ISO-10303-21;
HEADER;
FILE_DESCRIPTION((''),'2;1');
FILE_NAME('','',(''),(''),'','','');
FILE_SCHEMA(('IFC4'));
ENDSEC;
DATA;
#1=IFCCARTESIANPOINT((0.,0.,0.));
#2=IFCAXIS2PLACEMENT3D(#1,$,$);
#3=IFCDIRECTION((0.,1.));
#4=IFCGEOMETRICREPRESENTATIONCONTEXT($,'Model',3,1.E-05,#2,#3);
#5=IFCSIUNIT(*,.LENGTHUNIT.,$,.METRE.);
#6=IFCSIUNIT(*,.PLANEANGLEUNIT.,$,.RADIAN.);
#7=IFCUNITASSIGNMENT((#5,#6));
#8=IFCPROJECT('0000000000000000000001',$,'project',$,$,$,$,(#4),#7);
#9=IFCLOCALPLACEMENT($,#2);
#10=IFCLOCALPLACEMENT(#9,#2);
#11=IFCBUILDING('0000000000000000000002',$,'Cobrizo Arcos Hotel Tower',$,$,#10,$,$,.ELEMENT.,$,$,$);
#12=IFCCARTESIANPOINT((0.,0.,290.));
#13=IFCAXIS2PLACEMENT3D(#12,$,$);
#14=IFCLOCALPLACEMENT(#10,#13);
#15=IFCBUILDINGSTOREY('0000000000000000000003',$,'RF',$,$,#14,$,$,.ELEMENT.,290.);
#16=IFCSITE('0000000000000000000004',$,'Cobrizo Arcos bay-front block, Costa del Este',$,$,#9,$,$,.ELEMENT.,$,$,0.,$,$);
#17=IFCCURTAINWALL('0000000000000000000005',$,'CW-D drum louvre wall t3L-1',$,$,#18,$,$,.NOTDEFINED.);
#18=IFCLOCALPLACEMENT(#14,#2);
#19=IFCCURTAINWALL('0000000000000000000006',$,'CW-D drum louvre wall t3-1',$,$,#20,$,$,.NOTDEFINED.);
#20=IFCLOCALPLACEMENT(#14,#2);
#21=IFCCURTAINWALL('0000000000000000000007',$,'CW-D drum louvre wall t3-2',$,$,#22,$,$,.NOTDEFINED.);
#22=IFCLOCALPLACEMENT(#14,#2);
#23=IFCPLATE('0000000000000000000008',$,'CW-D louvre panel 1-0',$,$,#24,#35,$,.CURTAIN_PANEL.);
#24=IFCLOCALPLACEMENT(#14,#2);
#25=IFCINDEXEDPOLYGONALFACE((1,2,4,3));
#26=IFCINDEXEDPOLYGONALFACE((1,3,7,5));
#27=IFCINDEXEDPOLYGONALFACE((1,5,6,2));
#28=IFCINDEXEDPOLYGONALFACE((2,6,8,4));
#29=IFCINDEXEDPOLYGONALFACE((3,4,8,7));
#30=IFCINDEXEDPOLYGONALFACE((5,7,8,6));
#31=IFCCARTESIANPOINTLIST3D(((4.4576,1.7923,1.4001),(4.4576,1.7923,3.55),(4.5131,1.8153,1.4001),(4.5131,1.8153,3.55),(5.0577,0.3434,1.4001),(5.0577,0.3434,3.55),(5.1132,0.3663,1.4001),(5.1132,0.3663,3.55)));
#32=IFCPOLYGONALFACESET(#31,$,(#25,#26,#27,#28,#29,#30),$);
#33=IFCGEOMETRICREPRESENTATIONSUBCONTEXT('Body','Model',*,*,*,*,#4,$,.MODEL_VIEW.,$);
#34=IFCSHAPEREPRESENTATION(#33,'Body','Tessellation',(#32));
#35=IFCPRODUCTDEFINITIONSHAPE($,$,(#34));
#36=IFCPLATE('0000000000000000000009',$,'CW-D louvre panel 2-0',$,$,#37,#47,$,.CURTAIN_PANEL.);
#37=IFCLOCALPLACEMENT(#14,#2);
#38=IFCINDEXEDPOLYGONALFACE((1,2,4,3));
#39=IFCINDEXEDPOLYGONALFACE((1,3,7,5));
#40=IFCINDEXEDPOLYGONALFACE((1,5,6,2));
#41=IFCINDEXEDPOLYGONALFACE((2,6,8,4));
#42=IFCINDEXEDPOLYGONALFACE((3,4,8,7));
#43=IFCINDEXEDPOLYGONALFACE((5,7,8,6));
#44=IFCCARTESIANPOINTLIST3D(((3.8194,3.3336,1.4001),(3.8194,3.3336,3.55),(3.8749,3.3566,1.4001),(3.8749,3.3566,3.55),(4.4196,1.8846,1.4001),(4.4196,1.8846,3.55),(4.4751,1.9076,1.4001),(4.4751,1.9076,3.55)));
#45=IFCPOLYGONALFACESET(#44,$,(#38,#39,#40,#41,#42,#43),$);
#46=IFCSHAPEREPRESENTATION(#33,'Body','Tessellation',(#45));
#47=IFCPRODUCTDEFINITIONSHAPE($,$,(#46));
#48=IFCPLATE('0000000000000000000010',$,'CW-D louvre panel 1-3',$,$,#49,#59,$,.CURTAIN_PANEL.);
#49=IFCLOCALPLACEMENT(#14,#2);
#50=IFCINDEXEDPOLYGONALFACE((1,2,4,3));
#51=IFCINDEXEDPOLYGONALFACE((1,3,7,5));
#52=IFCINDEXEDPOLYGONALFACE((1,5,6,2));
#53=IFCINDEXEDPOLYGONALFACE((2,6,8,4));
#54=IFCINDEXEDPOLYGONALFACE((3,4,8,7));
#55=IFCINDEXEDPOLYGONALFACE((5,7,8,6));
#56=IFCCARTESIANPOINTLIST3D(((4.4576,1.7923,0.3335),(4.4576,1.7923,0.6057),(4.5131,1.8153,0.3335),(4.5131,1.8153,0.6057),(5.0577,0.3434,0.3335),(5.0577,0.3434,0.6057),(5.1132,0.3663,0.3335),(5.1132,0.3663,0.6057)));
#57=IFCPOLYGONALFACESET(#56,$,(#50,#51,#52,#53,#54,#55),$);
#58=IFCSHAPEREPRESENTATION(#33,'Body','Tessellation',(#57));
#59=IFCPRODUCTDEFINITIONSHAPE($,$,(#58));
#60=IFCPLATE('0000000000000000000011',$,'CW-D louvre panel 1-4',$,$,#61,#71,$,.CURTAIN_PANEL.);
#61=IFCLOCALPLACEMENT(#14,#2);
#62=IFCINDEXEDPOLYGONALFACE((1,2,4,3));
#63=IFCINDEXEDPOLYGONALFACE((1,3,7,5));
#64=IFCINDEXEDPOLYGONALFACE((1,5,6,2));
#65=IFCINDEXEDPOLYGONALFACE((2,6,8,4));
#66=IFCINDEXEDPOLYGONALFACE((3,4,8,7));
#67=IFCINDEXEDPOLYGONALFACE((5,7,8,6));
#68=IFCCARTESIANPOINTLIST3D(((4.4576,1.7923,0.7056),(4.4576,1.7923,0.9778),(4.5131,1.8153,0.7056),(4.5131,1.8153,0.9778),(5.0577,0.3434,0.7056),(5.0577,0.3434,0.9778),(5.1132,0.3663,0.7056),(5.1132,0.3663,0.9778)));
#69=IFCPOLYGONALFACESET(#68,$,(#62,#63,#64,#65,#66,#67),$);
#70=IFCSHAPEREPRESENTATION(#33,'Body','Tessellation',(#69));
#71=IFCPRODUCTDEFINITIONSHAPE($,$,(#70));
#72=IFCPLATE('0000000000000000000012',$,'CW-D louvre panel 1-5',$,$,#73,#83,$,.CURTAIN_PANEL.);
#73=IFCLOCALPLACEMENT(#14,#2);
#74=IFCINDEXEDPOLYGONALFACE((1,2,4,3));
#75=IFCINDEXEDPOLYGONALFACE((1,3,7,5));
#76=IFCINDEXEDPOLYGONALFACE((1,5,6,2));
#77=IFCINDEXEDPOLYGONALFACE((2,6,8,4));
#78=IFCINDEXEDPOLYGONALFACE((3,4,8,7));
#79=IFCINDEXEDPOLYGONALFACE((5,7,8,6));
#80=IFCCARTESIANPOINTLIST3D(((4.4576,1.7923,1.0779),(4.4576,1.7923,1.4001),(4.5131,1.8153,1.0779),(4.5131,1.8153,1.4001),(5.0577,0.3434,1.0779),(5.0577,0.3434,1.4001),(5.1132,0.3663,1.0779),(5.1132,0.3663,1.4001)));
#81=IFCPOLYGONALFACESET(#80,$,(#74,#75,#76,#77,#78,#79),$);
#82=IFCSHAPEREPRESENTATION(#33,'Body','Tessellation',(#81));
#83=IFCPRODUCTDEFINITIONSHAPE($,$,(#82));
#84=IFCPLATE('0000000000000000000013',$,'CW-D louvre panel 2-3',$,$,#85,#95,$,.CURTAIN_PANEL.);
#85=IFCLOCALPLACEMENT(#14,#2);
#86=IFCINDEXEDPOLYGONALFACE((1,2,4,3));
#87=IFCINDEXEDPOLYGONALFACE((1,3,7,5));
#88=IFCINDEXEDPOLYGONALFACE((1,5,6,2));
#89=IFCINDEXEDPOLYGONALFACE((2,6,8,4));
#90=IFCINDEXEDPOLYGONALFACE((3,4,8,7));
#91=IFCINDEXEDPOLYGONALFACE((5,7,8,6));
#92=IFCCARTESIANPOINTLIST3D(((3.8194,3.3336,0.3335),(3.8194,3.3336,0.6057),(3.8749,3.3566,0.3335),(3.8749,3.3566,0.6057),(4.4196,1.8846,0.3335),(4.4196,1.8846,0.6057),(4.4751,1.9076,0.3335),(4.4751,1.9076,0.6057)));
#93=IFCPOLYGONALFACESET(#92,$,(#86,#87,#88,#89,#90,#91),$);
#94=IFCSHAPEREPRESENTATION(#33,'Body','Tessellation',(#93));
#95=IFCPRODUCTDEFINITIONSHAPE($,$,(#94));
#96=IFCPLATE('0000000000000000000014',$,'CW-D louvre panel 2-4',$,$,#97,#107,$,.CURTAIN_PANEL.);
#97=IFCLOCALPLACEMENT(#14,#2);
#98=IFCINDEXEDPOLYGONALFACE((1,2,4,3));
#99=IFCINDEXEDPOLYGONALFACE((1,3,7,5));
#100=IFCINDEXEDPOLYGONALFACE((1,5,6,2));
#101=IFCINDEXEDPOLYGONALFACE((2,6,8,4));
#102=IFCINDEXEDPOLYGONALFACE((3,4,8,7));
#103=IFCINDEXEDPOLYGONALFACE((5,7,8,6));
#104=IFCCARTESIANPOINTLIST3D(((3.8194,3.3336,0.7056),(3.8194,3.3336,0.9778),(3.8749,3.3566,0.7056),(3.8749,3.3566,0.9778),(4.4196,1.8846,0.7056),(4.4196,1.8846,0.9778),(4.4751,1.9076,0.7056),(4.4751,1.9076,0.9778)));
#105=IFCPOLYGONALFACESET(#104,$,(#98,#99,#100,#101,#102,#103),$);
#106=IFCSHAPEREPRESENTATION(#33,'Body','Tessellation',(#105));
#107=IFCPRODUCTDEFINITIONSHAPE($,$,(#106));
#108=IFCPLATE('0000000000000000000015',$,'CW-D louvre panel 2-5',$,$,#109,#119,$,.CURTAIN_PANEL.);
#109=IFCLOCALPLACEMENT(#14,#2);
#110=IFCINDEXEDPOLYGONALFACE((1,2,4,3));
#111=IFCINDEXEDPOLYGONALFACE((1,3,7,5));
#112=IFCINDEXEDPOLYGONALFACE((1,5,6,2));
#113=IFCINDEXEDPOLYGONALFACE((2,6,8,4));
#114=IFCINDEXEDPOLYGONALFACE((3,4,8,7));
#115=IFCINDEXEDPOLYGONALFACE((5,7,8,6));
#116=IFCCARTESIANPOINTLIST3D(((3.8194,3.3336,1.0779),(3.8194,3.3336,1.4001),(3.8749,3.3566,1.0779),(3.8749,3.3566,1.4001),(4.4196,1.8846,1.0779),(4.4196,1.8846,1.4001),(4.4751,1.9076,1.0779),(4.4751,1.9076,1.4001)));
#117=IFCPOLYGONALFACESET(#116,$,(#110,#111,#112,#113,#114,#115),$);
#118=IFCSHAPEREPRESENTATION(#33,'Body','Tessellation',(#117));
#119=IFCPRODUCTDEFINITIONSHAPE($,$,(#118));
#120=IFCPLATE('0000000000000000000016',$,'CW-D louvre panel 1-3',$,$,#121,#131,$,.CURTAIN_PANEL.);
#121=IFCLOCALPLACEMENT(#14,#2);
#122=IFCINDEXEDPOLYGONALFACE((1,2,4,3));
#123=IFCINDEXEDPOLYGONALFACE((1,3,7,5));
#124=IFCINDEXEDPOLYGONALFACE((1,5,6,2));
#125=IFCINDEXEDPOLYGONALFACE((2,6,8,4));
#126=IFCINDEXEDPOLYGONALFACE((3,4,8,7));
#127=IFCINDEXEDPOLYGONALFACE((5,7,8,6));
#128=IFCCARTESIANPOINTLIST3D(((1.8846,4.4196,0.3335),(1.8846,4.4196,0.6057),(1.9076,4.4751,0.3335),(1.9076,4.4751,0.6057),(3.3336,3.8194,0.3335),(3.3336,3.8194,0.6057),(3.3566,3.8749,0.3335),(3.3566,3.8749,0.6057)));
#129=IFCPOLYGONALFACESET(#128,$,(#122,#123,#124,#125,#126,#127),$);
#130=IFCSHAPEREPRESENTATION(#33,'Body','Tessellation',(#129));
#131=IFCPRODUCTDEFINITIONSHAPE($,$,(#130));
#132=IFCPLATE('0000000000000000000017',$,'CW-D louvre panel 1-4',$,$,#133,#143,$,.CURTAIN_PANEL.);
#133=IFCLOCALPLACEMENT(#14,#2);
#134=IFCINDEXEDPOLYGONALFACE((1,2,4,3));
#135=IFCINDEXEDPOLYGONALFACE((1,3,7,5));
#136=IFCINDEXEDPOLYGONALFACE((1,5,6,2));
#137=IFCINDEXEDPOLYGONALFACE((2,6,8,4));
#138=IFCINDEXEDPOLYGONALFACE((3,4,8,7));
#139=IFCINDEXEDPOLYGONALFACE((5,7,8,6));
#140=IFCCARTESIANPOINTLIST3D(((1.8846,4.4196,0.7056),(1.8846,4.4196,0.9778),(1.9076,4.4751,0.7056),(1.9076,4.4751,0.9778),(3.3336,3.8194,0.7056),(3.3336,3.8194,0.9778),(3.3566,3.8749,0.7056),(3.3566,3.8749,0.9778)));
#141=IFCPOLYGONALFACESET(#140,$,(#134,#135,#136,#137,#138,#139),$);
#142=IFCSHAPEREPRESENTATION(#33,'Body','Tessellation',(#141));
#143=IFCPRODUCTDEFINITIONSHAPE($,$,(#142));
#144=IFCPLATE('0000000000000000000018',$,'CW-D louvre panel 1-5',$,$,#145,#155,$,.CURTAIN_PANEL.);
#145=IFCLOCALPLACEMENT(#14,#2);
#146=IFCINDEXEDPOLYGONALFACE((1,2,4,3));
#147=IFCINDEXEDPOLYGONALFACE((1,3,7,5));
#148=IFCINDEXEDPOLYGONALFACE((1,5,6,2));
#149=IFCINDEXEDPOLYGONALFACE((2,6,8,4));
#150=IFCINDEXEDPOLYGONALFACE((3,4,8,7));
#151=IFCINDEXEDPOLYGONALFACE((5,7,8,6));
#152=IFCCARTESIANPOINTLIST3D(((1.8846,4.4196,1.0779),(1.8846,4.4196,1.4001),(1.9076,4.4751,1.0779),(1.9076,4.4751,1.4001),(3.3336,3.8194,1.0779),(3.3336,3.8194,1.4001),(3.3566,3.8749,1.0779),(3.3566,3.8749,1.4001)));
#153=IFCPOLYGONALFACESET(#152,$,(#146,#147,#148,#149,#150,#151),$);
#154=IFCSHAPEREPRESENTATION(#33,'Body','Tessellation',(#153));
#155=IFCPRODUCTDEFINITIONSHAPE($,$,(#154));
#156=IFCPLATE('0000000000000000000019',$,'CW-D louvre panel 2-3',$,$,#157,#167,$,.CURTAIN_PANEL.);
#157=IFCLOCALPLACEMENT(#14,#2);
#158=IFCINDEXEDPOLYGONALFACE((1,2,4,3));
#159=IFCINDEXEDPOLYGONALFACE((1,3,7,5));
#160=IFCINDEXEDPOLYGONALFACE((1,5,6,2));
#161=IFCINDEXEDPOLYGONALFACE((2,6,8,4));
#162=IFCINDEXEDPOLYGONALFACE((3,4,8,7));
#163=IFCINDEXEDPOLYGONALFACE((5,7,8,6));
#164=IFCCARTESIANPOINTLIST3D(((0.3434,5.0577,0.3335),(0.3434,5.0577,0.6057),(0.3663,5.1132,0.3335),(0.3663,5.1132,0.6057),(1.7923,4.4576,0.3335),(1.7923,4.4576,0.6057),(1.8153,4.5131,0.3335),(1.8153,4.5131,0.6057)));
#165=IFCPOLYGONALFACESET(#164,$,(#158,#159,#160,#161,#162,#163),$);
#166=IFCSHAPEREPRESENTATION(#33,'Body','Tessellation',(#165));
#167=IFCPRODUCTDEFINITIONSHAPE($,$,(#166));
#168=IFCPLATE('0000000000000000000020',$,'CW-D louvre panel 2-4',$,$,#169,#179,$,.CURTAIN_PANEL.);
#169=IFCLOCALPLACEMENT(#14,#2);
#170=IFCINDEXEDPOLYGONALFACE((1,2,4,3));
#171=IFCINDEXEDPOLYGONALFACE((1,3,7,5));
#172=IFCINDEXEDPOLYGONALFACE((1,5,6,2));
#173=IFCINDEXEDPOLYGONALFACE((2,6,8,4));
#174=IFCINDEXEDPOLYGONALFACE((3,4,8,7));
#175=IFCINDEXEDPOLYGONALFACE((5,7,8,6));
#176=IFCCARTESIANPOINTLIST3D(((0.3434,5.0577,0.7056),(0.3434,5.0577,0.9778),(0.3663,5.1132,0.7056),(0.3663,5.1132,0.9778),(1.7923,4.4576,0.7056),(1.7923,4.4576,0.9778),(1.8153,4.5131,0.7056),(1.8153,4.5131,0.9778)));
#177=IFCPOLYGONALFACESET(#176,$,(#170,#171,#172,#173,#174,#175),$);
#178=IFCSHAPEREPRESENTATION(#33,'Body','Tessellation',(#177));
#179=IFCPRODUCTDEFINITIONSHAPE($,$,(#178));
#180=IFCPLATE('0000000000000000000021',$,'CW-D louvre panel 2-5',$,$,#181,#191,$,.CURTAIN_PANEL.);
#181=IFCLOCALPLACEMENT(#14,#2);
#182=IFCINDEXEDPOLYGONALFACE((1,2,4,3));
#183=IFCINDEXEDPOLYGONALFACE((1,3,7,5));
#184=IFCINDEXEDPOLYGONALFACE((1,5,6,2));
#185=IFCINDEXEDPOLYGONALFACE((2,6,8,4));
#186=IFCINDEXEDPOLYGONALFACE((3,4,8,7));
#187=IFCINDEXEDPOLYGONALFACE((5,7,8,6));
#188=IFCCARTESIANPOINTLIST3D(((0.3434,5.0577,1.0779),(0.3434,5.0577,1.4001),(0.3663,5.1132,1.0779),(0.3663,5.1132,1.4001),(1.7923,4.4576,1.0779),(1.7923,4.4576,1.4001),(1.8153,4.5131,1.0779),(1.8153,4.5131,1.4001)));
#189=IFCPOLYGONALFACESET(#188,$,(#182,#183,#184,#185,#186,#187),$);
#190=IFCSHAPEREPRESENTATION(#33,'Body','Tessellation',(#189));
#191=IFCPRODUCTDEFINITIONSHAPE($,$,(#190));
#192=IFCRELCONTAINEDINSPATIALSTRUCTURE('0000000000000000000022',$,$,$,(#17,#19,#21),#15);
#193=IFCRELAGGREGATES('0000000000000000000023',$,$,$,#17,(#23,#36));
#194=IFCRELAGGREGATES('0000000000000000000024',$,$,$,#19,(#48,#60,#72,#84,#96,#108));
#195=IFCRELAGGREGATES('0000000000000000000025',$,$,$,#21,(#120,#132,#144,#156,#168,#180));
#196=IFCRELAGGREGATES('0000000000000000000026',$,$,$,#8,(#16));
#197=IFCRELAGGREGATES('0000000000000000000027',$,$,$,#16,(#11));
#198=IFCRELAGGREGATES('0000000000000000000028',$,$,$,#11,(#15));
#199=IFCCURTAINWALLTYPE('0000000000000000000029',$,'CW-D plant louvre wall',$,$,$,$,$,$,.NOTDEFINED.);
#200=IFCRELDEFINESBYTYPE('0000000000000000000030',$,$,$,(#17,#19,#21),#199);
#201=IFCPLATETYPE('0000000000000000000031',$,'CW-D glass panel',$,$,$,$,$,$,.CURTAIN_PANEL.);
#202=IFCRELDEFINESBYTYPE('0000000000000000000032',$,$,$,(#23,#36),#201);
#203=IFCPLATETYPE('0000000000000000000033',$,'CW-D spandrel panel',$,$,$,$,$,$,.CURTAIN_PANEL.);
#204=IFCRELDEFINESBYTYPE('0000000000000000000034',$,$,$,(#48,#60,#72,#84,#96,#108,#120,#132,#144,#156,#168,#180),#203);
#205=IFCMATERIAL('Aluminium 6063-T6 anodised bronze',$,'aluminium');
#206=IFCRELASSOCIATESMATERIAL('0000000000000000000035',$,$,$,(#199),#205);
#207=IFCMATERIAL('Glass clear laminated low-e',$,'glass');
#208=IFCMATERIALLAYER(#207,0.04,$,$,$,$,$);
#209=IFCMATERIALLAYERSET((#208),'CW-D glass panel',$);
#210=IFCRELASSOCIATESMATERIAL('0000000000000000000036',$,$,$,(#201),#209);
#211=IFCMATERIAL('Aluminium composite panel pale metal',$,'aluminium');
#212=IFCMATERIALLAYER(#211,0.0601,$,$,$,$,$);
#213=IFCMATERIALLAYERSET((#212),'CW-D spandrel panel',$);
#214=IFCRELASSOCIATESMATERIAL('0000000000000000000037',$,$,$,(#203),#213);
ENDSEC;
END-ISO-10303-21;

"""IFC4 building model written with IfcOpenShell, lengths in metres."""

from ifc_helpers import new_model, si_unit, direction, frame, origin, origin_2d, place, context, subcontext, project, spatial, rectangle, extrude, material, layer, layer_set, type_object, element, aggregate, save


model = new_model("IFC4")

# Units and contexts
model_context = context("Model", 3, precision=1e-05, world=origin(), true_north=direction((0.0, 1.0)))
body_context = subcontext(model_context, "Body", "Model", "MODEL_VIEW")
ifc_project = project(units=[si_unit("LENGTHUNIT", "METRE"), si_unit("PLANEANGLEUNIT", "RADIAN")], contexts=[model_context])

# Site, building, storey
site_placement = place(None, origin())
site = spatial("IfcSite", under=ifc_project, at=site_placement, Name="Cobrizo Arcos bay-front block, Costa del Este", CompositionType="ELEMENT", RefElevation=0.0)
building_placement = place(site_placement, origin())
building = spatial("IfcBuilding", under=site, at=building_placement, Name="Cobrizo Arcos Hotel Tower", CompositionType="ELEMENT")
storey_placement = place(building_placement, frame((0.0, 0.0, 290.0)))
storey = spatial("IfcBuildingStorey", under=building, at=storey_placement, Name="RF", CompositionType="ELEMENT", Elevation=290.0)

# Curtain walls
ifc_material_1 = material(Name="Aluminium 6063-T6 anodised bronze", Category="aluminium")
curtain_wall_type = type_object("IfcCurtainWallType", Name="CW-D plant louvre wall", PredefinedType="NOTDEFINED", material=ifc_material_1)
curtain_wall_1_placement = place(storey_placement, origin())
curtain_wall_1 = element("IfcCurtainWall", 1, at=curtain_wall_1_placement, inside=storey, type_object=curtain_wall_type, Name="CW-D drum louvre wall t3L-1", PredefinedType="NOTDEFINED")
curtain_wall_2_placement = place(storey_placement, origin())
curtain_wall_2 = element("IfcCurtainWall", 2, at=curtain_wall_2_placement, inside=storey, type_object=curtain_wall_type, Name="CW-D drum louvre wall t3-1", PredefinedType="NOTDEFINED")
curtain_wall_3_placement = place(storey_placement, origin())
curtain_wall_3 = element("IfcCurtainWall", 3, at=curtain_wall_3_placement, inside=storey, type_object=curtain_wall_type, Name="CW-D drum louvre wall t3-2", PredefinedType="NOTDEFINED")

# Plates
ifc_material_2 = material(Name="Glass clear laminated low-e", Category="glass")
ifc_layer_1 = layer(ifc_material_2, 0.04)
ifc_layer_set_1 = layer_set([ifc_layer_1], Name="CW-D glass panel")
plate_type_1 = type_object("IfcPlateType", Name="CW-D glass panel", PredefinedType="CURTAIN_PANEL", material=ifc_layer_set_1)
plate_1_placement = place(storey_placement, frame((4.7854, 1.0793, 1.4001), z_axis=(0.0, 0.0, 1.0), x_axis=(-0.382683, 0.92388, 0.0)))
plate_1 = element("IfcPlate", 4, at=plate_1_placement, type_object=plate_type_1, Name="CW-D louvre panel 1-0", PredefinedType="CURTAIN_PANEL", context=body_context, shape_type="SweptSolid", body=[
    extrude(rectangle(XDim=1.5684, YDim=0.0601, at=origin_2d()), origin(), (0.0, 0.0, 1.0), 2.1499),
])
plate_2_placement = place(storey_placement, frame((4.1472, 2.6206, 1.4001), z_axis=(0.0, 0.0, 1.0), x_axis=(-0.382683, 0.92388, 0.0)))
plate_2 = element("IfcPlate", 5, at=plate_2_placement, type_object=plate_type_1, Name="CW-D louvre panel 2-0", PredefinedType="CURTAIN_PANEL", context=body_context, shape_type="SweptSolid", body=[
    extrude(rectangle(XDim=1.5684, YDim=0.0601, at=origin_2d()), origin(), (0.0, 0.0, 1.0), 2.1499),
])
aggregate(curtain_wall_1, [plate_1, plate_2])
ifc_material_3 = material(Name="Aluminium composite panel pale metal", Category="aluminium")
ifc_layer_2 = layer(ifc_material_3, 0.0601)
ifc_layer_set_2 = layer_set([ifc_layer_2], Name="CW-D spandrel panel")
plate_type_2 = type_object("IfcPlateType", Name="CW-D spandrel panel", PredefinedType="CURTAIN_PANEL", material=ifc_layer_set_2)
plate_3_placement = place(storey_placement, frame((4.7854, 1.0793, 0.3335), z_axis=(0.0, 0.0, 1.0), x_axis=(-0.382683, 0.92388, 0.0)))
plate_3 = element("IfcPlate", 6, at=plate_3_placement, type_object=plate_type_2, Name="CW-D louvre panel 1-3", PredefinedType="CURTAIN_PANEL", context=body_context, shape_type="SweptSolid", body=[
    extrude(rectangle(XDim=1.5684, YDim=0.0601, at=origin_2d()), origin(), (0.0, 0.0, 1.0), 0.2722),
])
plate_4_placement = place(storey_placement, frame((4.7854, 1.0793, 0.7056), z_axis=(0.0, 0.0, 1.0), x_axis=(-0.382683, 0.92388, 0.0)))
plate_4 = element("IfcPlate", 7, at=plate_4_placement, type_object=plate_type_2, Name="CW-D louvre panel 1-4", PredefinedType="CURTAIN_PANEL", context=body_context, shape_type="SweptSolid", body=[
    extrude(rectangle(XDim=1.5684, YDim=0.0601, at=origin_2d()), origin(), (0.0, 0.0, 1.0), 0.2722),
])
plate_5_placement = place(storey_placement, frame((4.7854, 1.0793, 1.0779), z_axis=(0.0, 0.0, 1.0), x_axis=(-0.382683, 0.92388, 0.0)))
plate_5 = element("IfcPlate", 8, at=plate_5_placement, type_object=plate_type_2, Name="CW-D louvre panel 1-5", PredefinedType="CURTAIN_PANEL", context=body_context, shape_type="SweptSolid", body=[
    extrude(rectangle(XDim=1.5684, YDim=0.0601, at=origin_2d()), origin(), (0.0, 0.0, 1.0), 0.3223),
])
plate_6_placement = place(storey_placement, frame((4.1472, 2.6206, 0.3335), z_axis=(0.0, 0.0, 1.0), x_axis=(-0.382683, 0.92388, 0.0)))
plate_6 = element("IfcPlate", 9, at=plate_6_placement, type_object=plate_type_2, Name="CW-D louvre panel 2-3", PredefinedType="CURTAIN_PANEL", context=body_context, shape_type="SweptSolid", body=[
    extrude(rectangle(XDim=1.5684, YDim=0.0601, at=origin_2d()), origin(), (0.0, 0.0, 1.0), 0.2722),
])
plate_7_placement = place(storey_placement, frame((4.1472, 2.6206, 0.7056), z_axis=(0.0, 0.0, 1.0), x_axis=(-0.382683, 0.92388, 0.0)))
plate_7 = element("IfcPlate", 10, at=plate_7_placement, type_object=plate_type_2, Name="CW-D louvre panel 2-4", PredefinedType="CURTAIN_PANEL", context=body_context, shape_type="SweptSolid", body=[
    extrude(rectangle(XDim=1.5684, YDim=0.0601, at=origin_2d()), origin(), (0.0, 0.0, 1.0), 0.2722),
])
plate_8_placement = place(storey_placement, frame((4.1472, 2.6206, 1.0779), z_axis=(0.0, 0.0, 1.0), x_axis=(-0.382683, 0.92388, 0.0)))
plate_8 = element("IfcPlate", 11, at=plate_8_placement, type_object=plate_type_2, Name="CW-D louvre panel 2-5", PredefinedType="CURTAIN_PANEL", context=body_context, shape_type="SweptSolid", body=[
    extrude(rectangle(XDim=1.5684, YDim=0.0601, at=origin_2d()), origin(), (0.0, 0.0, 1.0), 0.3223),
])
aggregate(curtain_wall_2, [plate_3, plate_4, plate_5, plate_6, plate_7, plate_8])
plate_9_placement = place(storey_placement, frame((2.6206, 4.1472, 0.3335), z_axis=(0.0, 0.0, 1.0), x_axis=(-0.92388, 0.382683, 0.0)))
plate_9 = element("IfcPlate", 12, at=plate_9_placement, type_object=plate_type_2, Name="CW-D louvre panel 1-3", PredefinedType="CURTAIN_PANEL", context=body_context, shape_type="SweptSolid", body=[
    extrude(rectangle(XDim=1.5684, YDim=0.0601, at=origin_2d()), origin(), (0.0, 0.0, 1.0), 0.2722),
])
plate_10_placement = place(storey_placement, frame((2.6206, 4.1472, 0.7056), z_axis=(0.0, 0.0, 1.0), x_axis=(-0.92388, 0.382683, 0.0)))
plate_10 = element("IfcPlate", 13, at=plate_10_placement, type_object=plate_type_2, Name="CW-D louvre panel 1-4", PredefinedType="CURTAIN_PANEL", context=body_context, shape_type="SweptSolid", body=[
    extrude(rectangle(XDim=1.5684, YDim=0.0601, at=origin_2d()), origin(), (0.0, 0.0, 1.0), 0.2722),
])
plate_11_placement = place(storey_placement, frame((2.6206, 4.1472, 1.0779), z_axis=(0.0, 0.0, 1.0), x_axis=(-0.92388, 0.382683, 0.0)))
plate_11 = element("IfcPlate", 14, at=plate_11_placement, type_object=plate_type_2, Name="CW-D louvre panel 1-5", PredefinedType="CURTAIN_PANEL", context=body_context, shape_type="SweptSolid", body=[
    extrude(rectangle(XDim=1.5684, YDim=0.0601, at=origin_2d()), origin(), (0.0, 0.0, 1.0), 0.3223),
])
plate_12_placement = place(storey_placement, frame((1.0793, 4.7854, 0.3335), z_axis=(0.0, 0.0, 1.0), x_axis=(-0.92388, 0.382683, 0.0)))
plate_12 = element("IfcPlate", 15, at=plate_12_placement, type_object=plate_type_2, Name="CW-D louvre panel 2-3", PredefinedType="CURTAIN_PANEL", context=body_context, shape_type="SweptSolid", body=[
    extrude(rectangle(XDim=1.5684, YDim=0.0601, at=origin_2d()), origin(), (0.0, 0.0, 1.0), 0.2722),
])
plate_13_placement = place(storey_placement, frame((1.0793, 4.7854, 0.7056), z_axis=(0.0, 0.0, 1.0), x_axis=(-0.92388, 0.382683, 0.0)))
plate_13 = element("IfcPlate", 16, at=plate_13_placement, type_object=plate_type_2, Name="CW-D louvre panel 2-4", PredefinedType="CURTAIN_PANEL", context=body_context, shape_type="SweptSolid", body=[
    extrude(rectangle(XDim=1.5684, YDim=0.0601, at=origin_2d()), origin(), (0.0, 0.0, 1.0), 0.2722),
])
plate_14_placement = place(storey_placement, frame((1.0793, 4.7854, 1.0779), z_axis=(0.0, 0.0, 1.0), x_axis=(-0.92388, 0.382683, 0.0)))
plate_14 = element("IfcPlate", 17, at=plate_14_placement, type_object=plate_type_2, Name="CW-D louvre panel 2-5", PredefinedType="CURTAIN_PANEL", context=body_context, shape_type="SweptSolid", body=[
    extrude(rectangle(XDim=1.5684, YDim=0.0601, at=origin_2d()), origin(), (0.0, 0.0, 1.0), 0.3223),
])
aggregate(curtain_wall_3, [plate_9, plate_10, plate_11, plate_12, plate_13, plate_14])

save(model, "model.ifc")
